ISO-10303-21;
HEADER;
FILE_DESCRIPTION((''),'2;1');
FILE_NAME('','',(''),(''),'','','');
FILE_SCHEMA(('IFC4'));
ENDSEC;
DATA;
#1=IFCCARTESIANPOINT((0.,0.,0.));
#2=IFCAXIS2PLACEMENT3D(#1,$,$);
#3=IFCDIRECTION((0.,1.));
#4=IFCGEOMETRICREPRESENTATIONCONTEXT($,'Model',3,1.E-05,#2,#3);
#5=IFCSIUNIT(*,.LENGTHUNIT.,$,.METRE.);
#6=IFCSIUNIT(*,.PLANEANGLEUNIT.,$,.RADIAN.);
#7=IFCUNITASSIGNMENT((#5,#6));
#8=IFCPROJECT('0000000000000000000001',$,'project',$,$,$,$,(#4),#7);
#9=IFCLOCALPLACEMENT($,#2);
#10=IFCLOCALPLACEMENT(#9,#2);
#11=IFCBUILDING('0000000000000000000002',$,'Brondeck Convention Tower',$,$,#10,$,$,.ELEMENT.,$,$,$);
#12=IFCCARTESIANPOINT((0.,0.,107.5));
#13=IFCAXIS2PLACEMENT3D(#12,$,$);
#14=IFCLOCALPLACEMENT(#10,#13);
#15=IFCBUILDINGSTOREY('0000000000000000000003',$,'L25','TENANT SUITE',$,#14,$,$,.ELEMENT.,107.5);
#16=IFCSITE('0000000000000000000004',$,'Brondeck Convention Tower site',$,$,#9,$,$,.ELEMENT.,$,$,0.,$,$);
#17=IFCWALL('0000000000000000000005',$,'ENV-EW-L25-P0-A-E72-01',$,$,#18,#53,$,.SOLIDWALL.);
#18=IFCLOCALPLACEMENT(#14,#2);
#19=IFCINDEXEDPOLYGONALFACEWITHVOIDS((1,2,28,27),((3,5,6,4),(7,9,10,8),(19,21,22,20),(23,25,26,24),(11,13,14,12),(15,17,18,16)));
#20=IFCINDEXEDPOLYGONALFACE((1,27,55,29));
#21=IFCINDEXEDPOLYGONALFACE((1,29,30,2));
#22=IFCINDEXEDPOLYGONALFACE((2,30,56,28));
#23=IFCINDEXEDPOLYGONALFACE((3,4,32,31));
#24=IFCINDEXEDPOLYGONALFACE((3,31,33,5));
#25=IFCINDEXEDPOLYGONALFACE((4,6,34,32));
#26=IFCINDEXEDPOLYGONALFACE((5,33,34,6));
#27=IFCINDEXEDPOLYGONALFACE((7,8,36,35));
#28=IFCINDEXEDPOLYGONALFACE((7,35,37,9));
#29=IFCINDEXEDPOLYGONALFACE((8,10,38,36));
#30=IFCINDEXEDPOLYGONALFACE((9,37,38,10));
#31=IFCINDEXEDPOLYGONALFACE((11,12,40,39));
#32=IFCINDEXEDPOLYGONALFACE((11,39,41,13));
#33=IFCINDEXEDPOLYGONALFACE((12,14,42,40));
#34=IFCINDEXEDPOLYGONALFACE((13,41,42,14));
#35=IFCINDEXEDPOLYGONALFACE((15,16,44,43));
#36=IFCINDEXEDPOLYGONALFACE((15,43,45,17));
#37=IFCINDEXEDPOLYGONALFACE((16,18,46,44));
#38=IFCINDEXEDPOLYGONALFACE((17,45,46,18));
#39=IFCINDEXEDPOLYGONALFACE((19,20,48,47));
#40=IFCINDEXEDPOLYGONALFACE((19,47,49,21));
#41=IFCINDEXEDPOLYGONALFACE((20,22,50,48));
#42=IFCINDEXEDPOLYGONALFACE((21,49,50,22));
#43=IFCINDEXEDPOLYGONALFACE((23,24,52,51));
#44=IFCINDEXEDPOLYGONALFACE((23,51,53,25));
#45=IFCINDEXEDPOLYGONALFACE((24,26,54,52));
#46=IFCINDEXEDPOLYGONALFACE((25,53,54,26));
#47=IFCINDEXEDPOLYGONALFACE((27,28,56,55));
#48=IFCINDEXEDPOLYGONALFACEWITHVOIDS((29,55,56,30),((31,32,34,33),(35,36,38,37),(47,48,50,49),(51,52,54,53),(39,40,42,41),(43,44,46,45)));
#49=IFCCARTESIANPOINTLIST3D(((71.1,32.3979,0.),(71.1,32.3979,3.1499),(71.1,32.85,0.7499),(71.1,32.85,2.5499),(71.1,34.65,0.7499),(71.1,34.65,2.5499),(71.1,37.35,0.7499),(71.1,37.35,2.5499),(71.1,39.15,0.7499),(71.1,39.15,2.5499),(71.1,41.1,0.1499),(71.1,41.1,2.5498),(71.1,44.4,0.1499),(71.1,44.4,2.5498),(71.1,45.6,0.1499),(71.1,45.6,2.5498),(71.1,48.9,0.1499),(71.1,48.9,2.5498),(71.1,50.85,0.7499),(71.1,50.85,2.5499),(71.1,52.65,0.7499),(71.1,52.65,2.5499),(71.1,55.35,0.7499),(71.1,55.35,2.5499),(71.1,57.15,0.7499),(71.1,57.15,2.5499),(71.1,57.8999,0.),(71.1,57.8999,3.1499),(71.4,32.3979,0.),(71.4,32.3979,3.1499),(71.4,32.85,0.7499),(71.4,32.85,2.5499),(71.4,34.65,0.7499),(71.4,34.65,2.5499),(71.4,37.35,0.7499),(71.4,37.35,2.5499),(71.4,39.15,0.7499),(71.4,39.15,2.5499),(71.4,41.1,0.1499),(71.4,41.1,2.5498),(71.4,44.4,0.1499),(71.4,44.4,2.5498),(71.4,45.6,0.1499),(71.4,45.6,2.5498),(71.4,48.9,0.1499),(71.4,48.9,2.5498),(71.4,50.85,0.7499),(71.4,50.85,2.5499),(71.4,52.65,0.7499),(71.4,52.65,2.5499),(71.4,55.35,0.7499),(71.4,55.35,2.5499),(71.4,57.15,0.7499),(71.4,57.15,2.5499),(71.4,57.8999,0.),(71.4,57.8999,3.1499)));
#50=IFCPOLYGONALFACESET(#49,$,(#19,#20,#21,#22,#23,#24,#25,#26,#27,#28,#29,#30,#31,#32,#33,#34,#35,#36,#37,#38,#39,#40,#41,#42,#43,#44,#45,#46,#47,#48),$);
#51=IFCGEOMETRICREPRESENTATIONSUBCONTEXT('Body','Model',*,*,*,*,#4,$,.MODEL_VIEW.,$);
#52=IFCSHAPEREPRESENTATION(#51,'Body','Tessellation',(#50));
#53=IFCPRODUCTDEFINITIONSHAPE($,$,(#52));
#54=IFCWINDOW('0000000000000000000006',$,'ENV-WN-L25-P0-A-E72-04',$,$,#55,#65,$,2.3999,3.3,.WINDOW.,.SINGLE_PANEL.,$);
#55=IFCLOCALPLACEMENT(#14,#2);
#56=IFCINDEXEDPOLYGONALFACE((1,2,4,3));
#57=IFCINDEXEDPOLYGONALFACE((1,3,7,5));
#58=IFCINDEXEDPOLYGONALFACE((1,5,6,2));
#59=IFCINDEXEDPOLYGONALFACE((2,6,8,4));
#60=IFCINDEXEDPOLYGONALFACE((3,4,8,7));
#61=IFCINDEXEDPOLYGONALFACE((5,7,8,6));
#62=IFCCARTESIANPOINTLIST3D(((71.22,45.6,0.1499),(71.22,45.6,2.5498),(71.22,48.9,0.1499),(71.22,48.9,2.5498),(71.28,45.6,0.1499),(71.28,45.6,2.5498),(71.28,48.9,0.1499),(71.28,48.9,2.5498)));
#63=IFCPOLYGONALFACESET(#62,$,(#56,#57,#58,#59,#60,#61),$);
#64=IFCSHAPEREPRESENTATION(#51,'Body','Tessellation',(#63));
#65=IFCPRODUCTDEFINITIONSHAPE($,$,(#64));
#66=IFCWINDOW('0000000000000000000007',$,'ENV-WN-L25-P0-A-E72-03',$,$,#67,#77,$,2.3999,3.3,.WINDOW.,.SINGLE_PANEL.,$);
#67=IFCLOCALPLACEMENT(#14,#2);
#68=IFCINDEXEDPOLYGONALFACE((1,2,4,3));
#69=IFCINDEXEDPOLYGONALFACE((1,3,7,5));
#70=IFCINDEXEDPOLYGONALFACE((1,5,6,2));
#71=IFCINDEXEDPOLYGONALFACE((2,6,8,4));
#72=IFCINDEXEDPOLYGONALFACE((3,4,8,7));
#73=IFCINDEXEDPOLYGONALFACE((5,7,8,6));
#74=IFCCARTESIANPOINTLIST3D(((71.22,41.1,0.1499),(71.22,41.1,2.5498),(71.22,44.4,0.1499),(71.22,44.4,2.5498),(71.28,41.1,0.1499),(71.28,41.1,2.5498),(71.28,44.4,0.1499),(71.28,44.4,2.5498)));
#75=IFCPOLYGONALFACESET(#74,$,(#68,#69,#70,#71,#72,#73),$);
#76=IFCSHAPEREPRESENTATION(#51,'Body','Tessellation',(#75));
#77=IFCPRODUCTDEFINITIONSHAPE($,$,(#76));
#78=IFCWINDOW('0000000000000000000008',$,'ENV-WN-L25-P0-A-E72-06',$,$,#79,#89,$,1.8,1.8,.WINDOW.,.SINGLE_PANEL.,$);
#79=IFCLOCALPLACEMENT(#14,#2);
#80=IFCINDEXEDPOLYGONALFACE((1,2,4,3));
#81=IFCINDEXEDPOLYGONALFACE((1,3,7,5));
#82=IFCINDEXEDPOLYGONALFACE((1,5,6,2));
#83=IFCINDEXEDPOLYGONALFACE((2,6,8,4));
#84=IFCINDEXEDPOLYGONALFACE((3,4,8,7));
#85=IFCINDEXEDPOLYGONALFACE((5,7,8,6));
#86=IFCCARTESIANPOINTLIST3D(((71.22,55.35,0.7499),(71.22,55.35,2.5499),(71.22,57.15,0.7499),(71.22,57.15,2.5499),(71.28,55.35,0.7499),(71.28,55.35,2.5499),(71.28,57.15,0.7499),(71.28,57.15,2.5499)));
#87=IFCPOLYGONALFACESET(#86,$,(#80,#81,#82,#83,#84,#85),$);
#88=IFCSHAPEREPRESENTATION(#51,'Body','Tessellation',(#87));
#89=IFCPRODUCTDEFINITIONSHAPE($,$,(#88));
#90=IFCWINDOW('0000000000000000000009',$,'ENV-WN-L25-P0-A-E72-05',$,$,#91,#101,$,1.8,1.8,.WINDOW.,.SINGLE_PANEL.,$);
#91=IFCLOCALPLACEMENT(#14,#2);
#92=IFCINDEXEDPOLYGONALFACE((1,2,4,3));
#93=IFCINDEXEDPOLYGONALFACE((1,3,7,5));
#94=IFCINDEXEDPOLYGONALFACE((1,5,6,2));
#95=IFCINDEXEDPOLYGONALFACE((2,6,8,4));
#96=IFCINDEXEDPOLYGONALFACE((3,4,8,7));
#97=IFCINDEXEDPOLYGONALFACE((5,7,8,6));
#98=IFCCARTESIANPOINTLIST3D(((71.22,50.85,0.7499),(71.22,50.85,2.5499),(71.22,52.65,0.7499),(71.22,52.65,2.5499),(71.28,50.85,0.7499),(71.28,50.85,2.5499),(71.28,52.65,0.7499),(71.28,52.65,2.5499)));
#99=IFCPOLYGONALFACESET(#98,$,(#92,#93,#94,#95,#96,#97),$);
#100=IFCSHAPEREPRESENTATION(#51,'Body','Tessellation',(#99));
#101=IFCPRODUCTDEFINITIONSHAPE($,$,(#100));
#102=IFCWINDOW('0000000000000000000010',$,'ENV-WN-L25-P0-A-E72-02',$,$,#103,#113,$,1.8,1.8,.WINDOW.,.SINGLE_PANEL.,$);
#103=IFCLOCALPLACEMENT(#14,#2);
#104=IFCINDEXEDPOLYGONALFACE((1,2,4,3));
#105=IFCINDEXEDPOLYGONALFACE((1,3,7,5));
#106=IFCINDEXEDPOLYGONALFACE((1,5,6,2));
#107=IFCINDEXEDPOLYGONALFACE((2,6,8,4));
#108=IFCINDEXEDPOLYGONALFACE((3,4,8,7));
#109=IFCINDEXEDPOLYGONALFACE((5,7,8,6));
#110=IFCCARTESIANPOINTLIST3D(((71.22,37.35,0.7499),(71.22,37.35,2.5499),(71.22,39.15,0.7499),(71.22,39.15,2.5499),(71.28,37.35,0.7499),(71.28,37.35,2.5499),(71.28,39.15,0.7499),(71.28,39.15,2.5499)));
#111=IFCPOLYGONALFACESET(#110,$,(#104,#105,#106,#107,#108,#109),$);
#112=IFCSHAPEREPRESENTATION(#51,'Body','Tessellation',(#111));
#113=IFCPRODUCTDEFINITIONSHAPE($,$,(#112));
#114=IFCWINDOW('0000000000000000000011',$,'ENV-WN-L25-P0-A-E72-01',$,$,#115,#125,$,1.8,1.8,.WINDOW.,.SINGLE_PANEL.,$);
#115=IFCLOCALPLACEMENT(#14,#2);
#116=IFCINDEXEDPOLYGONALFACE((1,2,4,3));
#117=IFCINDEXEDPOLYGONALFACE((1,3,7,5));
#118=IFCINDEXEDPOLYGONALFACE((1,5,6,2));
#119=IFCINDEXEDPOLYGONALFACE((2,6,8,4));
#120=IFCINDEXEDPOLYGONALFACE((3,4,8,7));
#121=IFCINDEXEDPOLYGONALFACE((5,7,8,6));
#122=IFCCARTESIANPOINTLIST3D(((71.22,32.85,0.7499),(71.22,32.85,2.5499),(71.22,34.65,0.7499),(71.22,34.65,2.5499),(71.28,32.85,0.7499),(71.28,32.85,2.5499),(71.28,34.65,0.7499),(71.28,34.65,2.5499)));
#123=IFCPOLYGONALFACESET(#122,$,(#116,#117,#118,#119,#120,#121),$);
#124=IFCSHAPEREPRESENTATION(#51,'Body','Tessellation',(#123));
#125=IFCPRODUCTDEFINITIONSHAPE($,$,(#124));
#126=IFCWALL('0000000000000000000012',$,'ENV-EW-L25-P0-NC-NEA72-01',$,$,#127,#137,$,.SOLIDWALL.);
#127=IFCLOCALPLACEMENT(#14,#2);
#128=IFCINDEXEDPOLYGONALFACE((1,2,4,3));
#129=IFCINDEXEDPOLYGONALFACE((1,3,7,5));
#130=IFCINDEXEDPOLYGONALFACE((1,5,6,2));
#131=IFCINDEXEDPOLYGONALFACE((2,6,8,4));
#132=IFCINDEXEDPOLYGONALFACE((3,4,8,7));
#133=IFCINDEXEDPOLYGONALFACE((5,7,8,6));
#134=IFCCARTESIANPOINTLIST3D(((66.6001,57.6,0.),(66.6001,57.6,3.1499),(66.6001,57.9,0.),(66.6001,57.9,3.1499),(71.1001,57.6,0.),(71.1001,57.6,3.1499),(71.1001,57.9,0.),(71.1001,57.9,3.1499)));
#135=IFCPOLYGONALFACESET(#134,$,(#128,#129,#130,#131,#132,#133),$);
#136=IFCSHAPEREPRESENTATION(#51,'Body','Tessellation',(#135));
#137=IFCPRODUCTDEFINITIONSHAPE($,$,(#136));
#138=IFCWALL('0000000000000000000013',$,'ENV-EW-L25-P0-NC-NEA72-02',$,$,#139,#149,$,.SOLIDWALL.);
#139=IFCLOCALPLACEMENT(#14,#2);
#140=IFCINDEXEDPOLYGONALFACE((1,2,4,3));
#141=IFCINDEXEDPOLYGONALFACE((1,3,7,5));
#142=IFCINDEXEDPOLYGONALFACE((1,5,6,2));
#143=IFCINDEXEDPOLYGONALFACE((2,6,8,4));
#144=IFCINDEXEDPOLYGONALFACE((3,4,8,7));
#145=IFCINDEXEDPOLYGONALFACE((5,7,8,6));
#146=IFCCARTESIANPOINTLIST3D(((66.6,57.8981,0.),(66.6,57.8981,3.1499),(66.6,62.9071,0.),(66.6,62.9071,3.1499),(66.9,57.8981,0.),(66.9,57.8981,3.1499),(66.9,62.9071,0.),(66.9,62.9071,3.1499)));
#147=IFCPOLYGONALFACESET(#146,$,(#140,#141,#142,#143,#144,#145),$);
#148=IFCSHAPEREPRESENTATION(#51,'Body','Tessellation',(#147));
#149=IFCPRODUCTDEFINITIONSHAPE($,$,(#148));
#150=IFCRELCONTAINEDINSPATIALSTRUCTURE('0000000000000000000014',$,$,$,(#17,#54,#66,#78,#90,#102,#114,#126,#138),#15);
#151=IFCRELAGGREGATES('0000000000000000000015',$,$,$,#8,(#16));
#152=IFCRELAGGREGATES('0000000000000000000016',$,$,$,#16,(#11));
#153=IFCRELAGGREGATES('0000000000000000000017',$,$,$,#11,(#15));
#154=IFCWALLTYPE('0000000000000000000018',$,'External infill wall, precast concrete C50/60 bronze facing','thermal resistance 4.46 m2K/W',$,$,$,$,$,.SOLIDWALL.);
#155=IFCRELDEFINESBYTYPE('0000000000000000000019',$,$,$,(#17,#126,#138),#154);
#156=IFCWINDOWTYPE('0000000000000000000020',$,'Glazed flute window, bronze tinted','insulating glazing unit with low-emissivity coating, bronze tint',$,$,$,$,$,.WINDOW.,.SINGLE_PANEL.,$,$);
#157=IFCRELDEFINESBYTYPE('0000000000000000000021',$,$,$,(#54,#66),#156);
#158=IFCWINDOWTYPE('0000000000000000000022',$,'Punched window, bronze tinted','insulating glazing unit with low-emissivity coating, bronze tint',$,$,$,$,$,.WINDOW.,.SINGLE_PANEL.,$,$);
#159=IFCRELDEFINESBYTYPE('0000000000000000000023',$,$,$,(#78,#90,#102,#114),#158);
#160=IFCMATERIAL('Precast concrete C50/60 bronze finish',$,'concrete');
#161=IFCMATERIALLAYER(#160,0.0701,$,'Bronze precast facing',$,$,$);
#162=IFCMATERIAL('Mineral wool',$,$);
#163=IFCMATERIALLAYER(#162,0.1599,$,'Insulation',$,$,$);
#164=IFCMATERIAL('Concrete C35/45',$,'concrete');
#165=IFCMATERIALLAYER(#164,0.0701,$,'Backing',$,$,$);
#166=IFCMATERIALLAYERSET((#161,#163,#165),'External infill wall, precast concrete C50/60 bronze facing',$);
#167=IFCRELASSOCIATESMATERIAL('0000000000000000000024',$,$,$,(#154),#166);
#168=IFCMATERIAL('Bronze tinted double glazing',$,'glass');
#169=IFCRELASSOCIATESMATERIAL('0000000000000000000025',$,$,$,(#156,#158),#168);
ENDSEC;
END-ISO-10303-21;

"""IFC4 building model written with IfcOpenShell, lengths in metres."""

from ifc_helpers import new_model, si_unit, direction, frame, frame_2d, origin, place, context, subcontext, project, spatial, rectangle, extrude, material, layer, layer_set, type_object, element, fill, save


model = new_model("IFC4")

# Units and contexts
model_context = context("Model", 3, precision=1e-05, world=origin(), true_north=direction((0.0, 1.0)))
body_context = subcontext(model_context, "Body", "Model", "MODEL_VIEW")
ifc_project = project(units=[si_unit("LENGTHUNIT", "METRE"), si_unit("PLANEANGLEUNIT", "RADIAN")], contexts=[model_context])

# Site, building, storey
site_placement = place(None, origin())
site = spatial("IfcSite", under=ifc_project, at=site_placement, Name="Brondeck Convention Tower site", CompositionType="ELEMENT", RefElevation=0.0)
building_placement = place(site_placement, origin())
building = spatial("IfcBuilding", under=site, at=building_placement, Name="Brondeck Convention Tower", CompositionType="ELEMENT")
storey_placement = place(building_placement, frame((0.0, 0.0, 107.5)))
storey = spatial("IfcBuildingStorey", under=building, at=storey_placement, Name="L25", Description="TENANT SUITE", CompositionType="ELEMENT", Elevation=107.5)

# Wall, openings, windows
ifc_material_1 = material(Name="Precast concrete C50/60 bronze finish", Category="concrete")
ifc_layer_1 = layer(ifc_material_1, 0.0701, Name="Bronze precast facing")
ifc_material_2 = material(Name="Mineral wool")
ifc_layer_2 = layer(ifc_material_2, 0.1599, Name="Insulation")
ifc_material_3 = material(Name="Concrete C35/45", Category="concrete")
ifc_layer_3 = layer(ifc_material_3, 0.0701, Name="Backing")
ifc_layer_set_1 = layer_set([ifc_layer_1, ifc_layer_2, ifc_layer_3], Name="External infill wall, precast concrete C50/60 bronze facing")
wall_type_1 = type_object("IfcWallType", Name="External infill wall, precast concrete C50/60 bronze facing", Description="thermal resistance 4.46 m2K/W", PredefinedType="SOLIDWALL", material=ifc_layer_set_1)
wall_1_placement = place(storey_placement, frame((71.25, 57.8999, 0.0), z_axis=(0.0, 0.0, 1.0), x_axis=(0.0, -1.0, 0.0)))
wall_1 = element("IfcWall", 1, at=wall_1_placement, inside=storey, type_object=wall_type_1, Name="ENV-EW-L25-P0-A-E72-01", PredefinedType="SOLIDWALL", context=body_context, shape_type="SweptSolid", body=[
    extrude(rectangle(XDim=25.502, YDim=0.3, at=frame_2d((12.751, 0.0))), origin(), (0.0, 0.0, 1.0), 3.1499),
])
opening_1_placement = place(wall_1_placement, frame((0.75, 0.0, 0.75)))
opening_1 = element("IfcOpeningElement", 2, at=opening_1_placement, cuts=wall_1, PredefinedType="OPENING", context=body_context, shape_type="SweptSolid", body=[
    extrude(rectangle(XDim=1.8, YDim=1.8, at=frame_2d((0.8999, 0.8999))), frame((0.0, 0.1599, 0.0), z_axis=(0.0, -1.0, 0.0), x_axis=(1.0, 0.0, 0.0)), (0.0, 0.0, 1.0), 0.3201),
])
opening_2_placement = place(wall_1_placement, frame((5.25, 0.0, 0.75)))
opening_2 = element("IfcOpeningElement", 3, at=opening_2_placement, cuts=wall_1, PredefinedType="OPENING", context=body_context, shape_type="SweptSolid", body=[
    extrude(rectangle(XDim=1.8, YDim=1.8, at=frame_2d((0.8999, 0.8999))), frame((0.0, 0.1599, 0.0), z_axis=(0.0, -1.0, 0.0), x_axis=(1.0, 0.0, 0.0)), (0.0, 0.0, 1.0), 0.3201),
])
opening_3_placement = place(wall_1_placement, frame((9.0, 0.0, 0.1499)))
opening_3 = element("IfcOpeningElement", 4, at=opening_3_placement, cuts=wall_1, PredefinedType="OPENING", context=body_context, shape_type="SweptSolid", body=[
    extrude(rectangle(XDim=3.3, YDim=2.3999, at=frame_2d((1.6499, 1.2))), frame((0.0, 0.1599, 0.0), z_axis=(0.0, -1.0, 0.0), x_axis=(1.0, 0.0, 0.0)), (0.0, 0.0, 1.0), 0.3201),
])
opening_4_placement = place(wall_1_placement, frame((13.5, 0.0, 0.1499)))
opening_4 = element("IfcOpeningElement", 5, at=opening_4_placement, cuts=wall_1, PredefinedType="OPENING", context=body_context, shape_type="SweptSolid", body=[
    extrude(rectangle(XDim=3.3, YDim=2.3999, at=frame_2d((1.6499, 1.2))), frame((0.0, 0.1599, 0.0), z_axis=(0.0, -1.0, 0.0), x_axis=(1.0, 0.0, 0.0)), (0.0, 0.0, 1.0), 0.3201),
])
opening_5_placement = place(wall_1_placement, frame((18.75, 0.0, 0.75)))
opening_5 = element("IfcOpeningElement", 6, at=opening_5_placement, cuts=wall_1, PredefinedType="OPENING", context=body_context, shape_type="SweptSolid", body=[
    extrude(rectangle(XDim=1.8, YDim=1.8, at=frame_2d((0.8999, 0.8999))), frame((0.0, 0.1599, 0.0), z_axis=(0.0, -1.0, 0.0), x_axis=(1.0, 0.0, 0.0)), (0.0, 0.0, 1.0), 0.3201),
])
opening_6_placement = place(wall_1_placement, frame((23.25, 0.0, 0.75)))
opening_6 = element("IfcOpeningElement", 7, at=opening_6_placement, cuts=wall_1, PredefinedType="OPENING", context=body_context, shape_type="SweptSolid", body=[
    extrude(rectangle(XDim=1.8, YDim=1.8, at=frame_2d((0.8999, 0.8999))), frame((0.0, 0.1599, 0.0), z_axis=(0.0, -1.0, 0.0), x_axis=(1.0, 0.0, 0.0)), (0.0, 0.0, 1.0), 0.3201),
])
ifc_material_4 = material(Name="Bronze tinted double glazing", Category="glass")
window_type_1 = type_object("IfcWindowType", Name="Glazed flute window, bronze tinted", Description="insulating glazing unit with low-emissivity coating, bronze tint", PartitioningType="SINGLE_PANEL", PredefinedType="WINDOW", material=ifc_material_4)
window_1_placement = place(opening_3_placement, origin())
window_1 = element("IfcWindow", 8, at=window_1_placement, inside=storey, type_object=window_type_1, Name="ENV-WN-L25-P0-A-E72-04", OverallHeight=2.3999, OverallWidth=3.3, PartitioningType="SINGLE_PANEL", PredefinedType="WINDOW", context=body_context, shape_type="SweptSolid", body=[
    extrude(rectangle(XDim=3.3, YDim=2.3999, at=frame_2d((1.6499, 1.2))), frame((0.0, 0.03, 0.0), z_axis=(0.0, -1.0, 0.0), x_axis=(1.0, 0.0, 0.0)), (0.0, 0.0, 1.0), 0.0601),
])
fill(opening_3, window_1)
window_2_placement = place(opening_4_placement, origin())
window_2 = element("IfcWindow", 9, at=window_2_placement, inside=storey, type_object=window_type_1, Name="ENV-WN-L25-P0-A-E72-03", OverallHeight=2.3999, OverallWidth=3.3, PartitioningType="SINGLE_PANEL", PredefinedType="WINDOW", context=body_context, shape_type="SweptSolid", body=[
    extrude(rectangle(XDim=3.3, YDim=2.3999, at=frame_2d((1.6499, 1.2))), frame((0.0, 0.03, 0.0), z_axis=(0.0, -1.0, 0.0), x_axis=(1.0, 0.0, 0.0)), (0.0, 0.0, 1.0), 0.0601),
])
fill(opening_4, window_2)
window_type_2 = type_object("IfcWindowType", Name="Punched window, bronze tinted", Description="insulating glazing unit with low-emissivity coating, bronze tint", PartitioningType="SINGLE_PANEL", PredefinedType="WINDOW", material=ifc_material_4)
window_3_placement = place(opening_1_placement, origin())
window_3 = element("IfcWindow", 10, at=window_3_placement, inside=storey, type_object=window_type_2, Name="ENV-WN-L25-P0-A-E72-06", OverallHeight=1.8, OverallWidth=1.8, PartitioningType="SINGLE_PANEL", PredefinedType="WINDOW", context=body_context, shape_type="SweptSolid", body=[
    extrude(rectangle(XDim=1.8, YDim=1.8, at=frame_2d((0.8999, 0.8999))), frame((0.0, 0.03, 0.0), z_axis=(0.0, -1.0, 0.0), x_axis=(1.0, 0.0, 0.0)), (0.0, 0.0, 1.0), 0.0601),
])
fill(opening_1, window_3)
window_4_placement = place(opening_2_placement, origin())
window_4 = element("IfcWindow", 11, at=window_4_placement, inside=storey, type_object=window_type_2, Name="ENV-WN-L25-P0-A-E72-05", OverallHeight=1.8, OverallWidth=1.8, PartitioningType="SINGLE_PANEL", PredefinedType="WINDOW", context=body_context, shape_type="SweptSolid", body=[
    extrude(rectangle(XDim=1.8, YDim=1.8, at=frame_2d((0.8999, 0.8999))), frame((0.0, 0.03, 0.0), z_axis=(0.0, -1.0, 0.0), x_axis=(1.0, 0.0, 0.0)), (0.0, 0.0, 1.0), 0.0601),
])
fill(opening_2, window_4)
window_5_placement = place(opening_5_placement, origin())
window_5 = element("IfcWindow", 12, at=window_5_placement, inside=storey, type_object=window_type_2, Name="ENV-WN-L25-P0-A-E72-02", OverallHeight=1.8, OverallWidth=1.8, PartitioningType="SINGLE_PANEL", PredefinedType="WINDOW", context=body_context, shape_type="SweptSolid", body=[
    extrude(rectangle(XDim=1.8, YDim=1.8, at=frame_2d((0.8999, 0.8999))), frame((0.0, 0.03, 0.0), z_axis=(0.0, -1.0, 0.0), x_axis=(1.0, 0.0, 0.0)), (0.0, 0.0, 1.0), 0.0601),
])
fill(opening_5, window_5)
window_6_placement = place(opening_6_placement, origin())
window_6 = element("IfcWindow", 13, at=window_6_placement, inside=storey, type_object=window_type_2, Name="ENV-WN-L25-P0-A-E72-01", OverallHeight=1.8, OverallWidth=1.8, PartitioningType="SINGLE_PANEL", PredefinedType="WINDOW", context=body_context, shape_type="SweptSolid", body=[
    extrude(rectangle(XDim=1.8, YDim=1.8, at=frame_2d((0.8999, 0.8999))), frame((0.0, 0.03, 0.0), z_axis=(0.0, -1.0, 0.0), x_axis=(1.0, 0.0, 0.0)), (0.0, 0.0, 1.0), 0.0601),
])
fill(opening_6, window_6)

# Walls
wall_2_placement = place(storey_placement, frame((66.6001, 57.75, 0.0), z_axis=(0.0, 0.0, 1.0), x_axis=(1.0, 0.0, 0.0)))
element("IfcWall", 14, at=wall_2_placement, inside=storey, type_object=wall_type_1, Name="ENV-EW-L25-P0-NC-NEA72-01", PredefinedType="SOLIDWALL", context=body_context, shape_type="SweptSolid", body=[
    extrude(rectangle(XDim=4.5, YDim=0.3, at=frame_2d((2.25, 0.0))), origin(), (0.0, 0.0, 1.0), 3.1499),
])
wall_3_placement = place(storey_placement, frame((66.75, 62.907, 0.0), z_axis=(0.0, 0.0, 1.0), x_axis=(0.0, -1.0, 0.0)))
element("IfcWall", 15, at=wall_3_placement, inside=storey, type_object=wall_type_1, Name="ENV-EW-L25-P0-NC-NEA72-02", PredefinedType="SOLIDWALL", context=body_context, shape_type="SweptSolid", body=[
    extrude(rectangle(XDim=5.009, YDim=0.3, at=frame_2d((2.5044, 0.0))), origin(), (0.0, 0.0, 1.0), 3.1499),
])

save(model, "model.ifc")
